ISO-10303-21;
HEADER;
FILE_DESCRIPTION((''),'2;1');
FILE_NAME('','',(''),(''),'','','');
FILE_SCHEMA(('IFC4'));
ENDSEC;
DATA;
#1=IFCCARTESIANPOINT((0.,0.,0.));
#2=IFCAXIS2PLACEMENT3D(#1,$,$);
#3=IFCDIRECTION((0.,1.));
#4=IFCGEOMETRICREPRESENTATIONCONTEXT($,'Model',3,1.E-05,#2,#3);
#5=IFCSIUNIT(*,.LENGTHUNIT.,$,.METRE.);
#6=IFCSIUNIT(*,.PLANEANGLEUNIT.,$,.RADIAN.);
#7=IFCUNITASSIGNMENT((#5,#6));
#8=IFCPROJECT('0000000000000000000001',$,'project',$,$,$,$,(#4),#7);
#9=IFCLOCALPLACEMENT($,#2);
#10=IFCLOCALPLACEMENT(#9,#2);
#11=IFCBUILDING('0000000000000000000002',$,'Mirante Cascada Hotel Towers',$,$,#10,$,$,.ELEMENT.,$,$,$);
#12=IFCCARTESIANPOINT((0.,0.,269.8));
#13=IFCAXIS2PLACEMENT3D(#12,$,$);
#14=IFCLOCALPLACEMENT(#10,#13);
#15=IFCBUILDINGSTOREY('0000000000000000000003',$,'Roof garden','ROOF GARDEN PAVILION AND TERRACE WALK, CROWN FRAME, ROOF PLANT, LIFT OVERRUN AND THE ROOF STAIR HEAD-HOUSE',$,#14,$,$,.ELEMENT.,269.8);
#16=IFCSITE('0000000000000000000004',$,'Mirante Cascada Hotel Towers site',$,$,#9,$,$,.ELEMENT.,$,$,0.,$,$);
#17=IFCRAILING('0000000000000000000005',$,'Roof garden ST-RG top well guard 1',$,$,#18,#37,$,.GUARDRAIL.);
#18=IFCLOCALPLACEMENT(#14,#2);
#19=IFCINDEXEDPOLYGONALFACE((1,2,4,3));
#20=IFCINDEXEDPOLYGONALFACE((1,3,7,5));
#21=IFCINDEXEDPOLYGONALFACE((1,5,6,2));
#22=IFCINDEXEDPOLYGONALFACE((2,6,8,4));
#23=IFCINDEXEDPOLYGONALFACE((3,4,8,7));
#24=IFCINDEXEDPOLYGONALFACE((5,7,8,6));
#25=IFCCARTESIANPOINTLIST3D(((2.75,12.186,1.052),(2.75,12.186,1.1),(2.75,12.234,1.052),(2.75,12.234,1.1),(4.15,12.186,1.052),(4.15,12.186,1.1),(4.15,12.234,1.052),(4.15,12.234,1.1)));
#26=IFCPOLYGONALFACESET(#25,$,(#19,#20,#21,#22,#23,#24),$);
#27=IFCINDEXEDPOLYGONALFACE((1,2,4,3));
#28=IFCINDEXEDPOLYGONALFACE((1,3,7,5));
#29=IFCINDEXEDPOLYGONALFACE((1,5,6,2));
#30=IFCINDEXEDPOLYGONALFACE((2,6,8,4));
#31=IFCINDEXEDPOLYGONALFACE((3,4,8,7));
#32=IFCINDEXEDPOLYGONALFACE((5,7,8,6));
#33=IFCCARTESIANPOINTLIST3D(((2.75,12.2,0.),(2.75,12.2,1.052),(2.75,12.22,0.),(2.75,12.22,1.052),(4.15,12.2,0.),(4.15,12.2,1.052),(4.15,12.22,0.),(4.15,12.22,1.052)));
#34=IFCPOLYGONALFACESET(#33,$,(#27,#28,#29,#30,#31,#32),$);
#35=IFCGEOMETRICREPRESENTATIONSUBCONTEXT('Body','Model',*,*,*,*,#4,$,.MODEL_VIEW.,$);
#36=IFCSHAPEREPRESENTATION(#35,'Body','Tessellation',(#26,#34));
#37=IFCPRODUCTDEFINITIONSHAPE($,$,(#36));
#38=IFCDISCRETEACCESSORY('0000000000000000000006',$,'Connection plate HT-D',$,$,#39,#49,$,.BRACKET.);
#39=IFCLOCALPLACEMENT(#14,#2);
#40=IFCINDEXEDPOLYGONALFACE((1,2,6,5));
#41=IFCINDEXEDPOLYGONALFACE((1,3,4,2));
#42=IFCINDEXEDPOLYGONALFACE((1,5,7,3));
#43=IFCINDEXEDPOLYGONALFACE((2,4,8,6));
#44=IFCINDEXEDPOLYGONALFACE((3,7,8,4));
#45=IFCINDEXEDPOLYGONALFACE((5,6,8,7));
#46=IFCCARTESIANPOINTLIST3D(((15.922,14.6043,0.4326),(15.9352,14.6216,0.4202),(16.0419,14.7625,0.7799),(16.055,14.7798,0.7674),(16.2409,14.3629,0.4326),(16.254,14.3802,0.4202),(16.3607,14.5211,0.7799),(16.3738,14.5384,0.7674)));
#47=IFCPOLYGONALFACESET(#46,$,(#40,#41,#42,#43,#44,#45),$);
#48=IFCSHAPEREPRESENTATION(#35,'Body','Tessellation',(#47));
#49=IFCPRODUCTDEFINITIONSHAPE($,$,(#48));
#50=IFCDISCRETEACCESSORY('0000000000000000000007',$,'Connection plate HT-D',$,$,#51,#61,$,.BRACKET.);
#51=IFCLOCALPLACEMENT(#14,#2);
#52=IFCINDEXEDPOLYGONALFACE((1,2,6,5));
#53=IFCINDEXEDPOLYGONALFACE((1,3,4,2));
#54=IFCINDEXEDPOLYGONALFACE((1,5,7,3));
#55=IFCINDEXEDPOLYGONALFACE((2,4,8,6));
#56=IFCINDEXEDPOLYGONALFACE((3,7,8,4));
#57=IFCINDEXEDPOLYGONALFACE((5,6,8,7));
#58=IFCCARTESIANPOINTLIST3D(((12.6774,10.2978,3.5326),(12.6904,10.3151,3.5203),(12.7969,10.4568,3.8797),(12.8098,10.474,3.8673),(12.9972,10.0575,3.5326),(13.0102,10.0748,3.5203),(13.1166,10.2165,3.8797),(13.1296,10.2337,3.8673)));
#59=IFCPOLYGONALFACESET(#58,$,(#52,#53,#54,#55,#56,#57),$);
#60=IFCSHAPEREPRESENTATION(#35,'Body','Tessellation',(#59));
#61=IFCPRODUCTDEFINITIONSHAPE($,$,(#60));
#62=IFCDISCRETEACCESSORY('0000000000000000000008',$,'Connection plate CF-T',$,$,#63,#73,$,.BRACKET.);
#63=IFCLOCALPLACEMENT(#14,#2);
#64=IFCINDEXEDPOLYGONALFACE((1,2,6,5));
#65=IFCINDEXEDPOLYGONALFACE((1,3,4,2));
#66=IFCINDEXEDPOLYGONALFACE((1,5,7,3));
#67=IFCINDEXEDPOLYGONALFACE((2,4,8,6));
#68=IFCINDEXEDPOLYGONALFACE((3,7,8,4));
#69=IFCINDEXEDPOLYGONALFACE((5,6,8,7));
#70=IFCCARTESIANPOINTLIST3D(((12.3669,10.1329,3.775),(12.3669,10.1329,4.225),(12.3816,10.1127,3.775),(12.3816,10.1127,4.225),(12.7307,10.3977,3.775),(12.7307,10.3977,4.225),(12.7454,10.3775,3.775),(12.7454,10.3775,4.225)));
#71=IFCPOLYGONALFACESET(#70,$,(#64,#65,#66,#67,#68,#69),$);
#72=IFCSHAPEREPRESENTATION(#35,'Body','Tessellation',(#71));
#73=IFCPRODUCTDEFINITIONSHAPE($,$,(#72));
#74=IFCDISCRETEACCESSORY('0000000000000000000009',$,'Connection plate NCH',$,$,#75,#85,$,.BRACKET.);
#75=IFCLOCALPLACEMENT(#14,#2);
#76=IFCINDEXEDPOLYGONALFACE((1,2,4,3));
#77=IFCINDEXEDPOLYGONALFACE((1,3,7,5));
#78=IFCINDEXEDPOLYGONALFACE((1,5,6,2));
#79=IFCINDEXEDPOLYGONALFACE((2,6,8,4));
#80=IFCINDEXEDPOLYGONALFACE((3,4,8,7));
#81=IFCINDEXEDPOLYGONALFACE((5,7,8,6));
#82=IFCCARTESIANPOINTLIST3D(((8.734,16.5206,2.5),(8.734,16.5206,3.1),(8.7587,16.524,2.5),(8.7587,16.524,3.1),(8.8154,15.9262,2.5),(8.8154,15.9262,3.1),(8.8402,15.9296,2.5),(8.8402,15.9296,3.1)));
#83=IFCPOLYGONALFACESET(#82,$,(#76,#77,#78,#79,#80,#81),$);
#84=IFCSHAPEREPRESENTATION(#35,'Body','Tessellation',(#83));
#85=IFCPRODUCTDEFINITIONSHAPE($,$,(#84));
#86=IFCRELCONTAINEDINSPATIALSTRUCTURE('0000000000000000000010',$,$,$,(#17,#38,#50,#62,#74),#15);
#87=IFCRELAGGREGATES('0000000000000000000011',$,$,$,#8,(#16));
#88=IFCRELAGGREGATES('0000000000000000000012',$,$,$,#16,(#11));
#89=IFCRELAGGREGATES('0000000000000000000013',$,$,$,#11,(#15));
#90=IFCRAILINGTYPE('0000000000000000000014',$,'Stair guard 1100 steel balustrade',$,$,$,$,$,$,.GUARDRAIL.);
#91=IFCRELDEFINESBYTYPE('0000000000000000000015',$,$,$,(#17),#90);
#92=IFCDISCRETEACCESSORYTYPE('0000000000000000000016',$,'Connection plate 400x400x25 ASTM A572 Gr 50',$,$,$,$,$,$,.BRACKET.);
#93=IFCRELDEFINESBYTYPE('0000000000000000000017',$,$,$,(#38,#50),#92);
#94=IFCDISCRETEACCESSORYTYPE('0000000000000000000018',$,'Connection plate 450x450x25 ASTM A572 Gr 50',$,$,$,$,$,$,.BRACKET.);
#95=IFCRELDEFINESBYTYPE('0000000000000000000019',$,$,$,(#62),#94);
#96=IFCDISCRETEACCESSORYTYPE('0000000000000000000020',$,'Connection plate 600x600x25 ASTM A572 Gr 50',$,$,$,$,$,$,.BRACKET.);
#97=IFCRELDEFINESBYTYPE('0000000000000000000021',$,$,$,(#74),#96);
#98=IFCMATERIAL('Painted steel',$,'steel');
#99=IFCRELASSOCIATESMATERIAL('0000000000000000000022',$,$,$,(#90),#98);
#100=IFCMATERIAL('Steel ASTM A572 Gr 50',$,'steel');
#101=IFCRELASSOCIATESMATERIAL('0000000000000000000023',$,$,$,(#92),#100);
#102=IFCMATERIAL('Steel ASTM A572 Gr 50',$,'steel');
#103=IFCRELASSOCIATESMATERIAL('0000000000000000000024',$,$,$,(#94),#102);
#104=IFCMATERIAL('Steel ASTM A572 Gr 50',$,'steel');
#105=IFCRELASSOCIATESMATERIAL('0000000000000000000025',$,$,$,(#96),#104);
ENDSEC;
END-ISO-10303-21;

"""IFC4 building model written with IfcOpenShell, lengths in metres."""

from ifc_helpers import new_model, si_unit, direction, frame, origin, origin_2d, place, context, subcontext, project, spatial, rectangle, extrude, material, material_profile, profile_set, type_object, element, save


model = new_model("IFC4")

# Units and contexts
model_context = context("Model", 3, precision=1e-05, world=origin(), true_north=direction((0.0, 1.0)))
body_context = subcontext(model_context, "Body", "Model", "MODEL_VIEW")
ifc_project = project(units=[si_unit("LENGTHUNIT", "METRE"), si_unit("PLANEANGLEUNIT", "RADIAN")], contexts=[model_context])

# Site, building, storey
site_placement = place(None, origin())
site = spatial("IfcSite", under=ifc_project, at=site_placement, Name="Mirante Cascada Hotel Towers site", CompositionType="ELEMENT", RefElevation=0.0)
building_placement = place(site_placement, origin())
building = spatial("IfcBuilding", under=site, at=building_placement, Name="Mirante Cascada Hotel Towers", CompositionType="ELEMENT")
storey_placement = place(building_placement, frame((0.0, 0.0, 269.8)))
storey = spatial("IfcBuildingStorey", under=building, at=storey_placement, Name="Roof garden", Description="ROOF GARDEN PAVILION AND TERRACE WALK, CROWN FRAME, ROOF PLANT, LIFT OVERRUN AND THE ROOF STAIR HEAD-HOUSE", CompositionType="ELEMENT", Elevation=269.8)

# Railing
ifc_material_1 = material(Name="Painted steel", Category="steel")
railing_type_1 = type_object("IfcRailingType", Name="Stair guard 1100 steel balustrade", PredefinedType="GUARDRAIL", material=ifc_material_1)
railing_1_placement = place(storey_placement, frame((4.15, 12.21, 0.0)))
element("IfcRailing", 1, at=railing_1_placement, inside=storey, type_object=railing_type_1, Name="Roof garden ST-RG top well guard 1", PredefinedType="GUARDRAIL", context=body_context, shape_type="SweptSolid", body=[
    extrude(rectangle(XDim=0.048, YDim=0.048, at=origin_2d()), frame((0.0, 0.0, 1.076), z_axis=(-1.0, 0.0, 0.0), x_axis=(0.0, -1.0, 0.0)), (0.0, 0.0, 1.0), 1.4),
    extrude(rectangle(XDim=0.02, YDim=1.052, at=origin_2d()), frame((0.0, 0.0, 0.526), z_axis=(-1.0, 0.0, 0.0), x_axis=(0.0, -1.0, 0.0)), (0.0, 0.0, 1.0), 1.4),
])

# Discrete accessories
ifc_material_2 = material(Name="Steel ASTM A572 Gr 50", Category="steel")
ifc_material_profile_1 = material_profile(ifc_material_2, rectangle(XDim=0.4, YDim=0.4, at=origin_2d()), Name="Connection plate 400x400x25 ASTM A572 Gr 50")
ifc_profile_set_1 = profile_set([ifc_material_profile_1], Name="Steel ASTM A572 Gr 50")
discrete_accessory_type_1 = type_object("IfcDiscreteAccessoryType", Name="Connection plate 400x400x25 ASTM A572 Gr 50", PredefinedType="BRACKET", material=ifc_profile_set_1)
discrete_accessory_1_placement = place(storey_placement, frame((16.1545, 14.58, 0.5938), z_axis=(-0.524143, -0.692188, 0.496135), x_axis=(0.797227, -0.60368, 0.0)))
element("IfcDiscreteAccessory", 2, at=discrete_accessory_1_placement, inside=storey, type_object=discrete_accessory_type_1, Name="Connection plate HT-D", PredefinedType="BRACKET", context=body_context, shape_type="SweptSolid", body=[
    extrude(rectangle(XDim=0.4, YDim=0.4, at=origin_2d()), origin(), (0.0, 0.0, 1.0), 0.025),
])
discrete_accessory_2_placement = place(storey_placement, frame((12.91, 10.2744, 3.6938), z_axis=(-0.521232, -0.693639, 0.497175), x_axis=(0.799445, -0.600739, 0.0)))
element("IfcDiscreteAccessory", 3, at=discrete_accessory_2_placement, inside=storey, type_object=discrete_accessory_type_1, Name="Connection plate HT-D", PredefinedType="BRACKET", context=body_context, shape_type="SweptSolid", body=[
    extrude(rectangle(XDim=0.4, YDim=0.4, at=origin_2d()), origin(), (0.0, 0.0, 1.0), 0.0249),
])
ifc_material_3 = material(Name="Steel ASTM A572 Gr 50", Category="steel")
ifc_material_profile_2 = material_profile(ifc_material_3, rectangle(XDim=0.45, YDim=0.45, at=origin_2d()), Name="Connection plate 450x450x25 ASTM A572 Gr 50")
ifc_profile_set_2 = profile_set([ifc_material_profile_2], Name="Steel ASTM A572 Gr 50")
discrete_accessory_type_2 = type_object("IfcDiscreteAccessoryType", Name="Connection plate 450x450x25 ASTM A572 Gr 50", PredefinedType="BRACKET", material=ifc_profile_set_2)
discrete_accessory_3_placement = place(storey_placement, frame((12.5488, 10.2653, 4.0), z_axis=(0.58841, -0.808563, 0.0), x_axis=(0.808563, 0.58841, 0.0)))
element("IfcDiscreteAccessory", 4, at=discrete_accessory_3_placement, inside=storey, type_object=discrete_accessory_type_2, Name="Connection plate CF-T", PredefinedType="BRACKET", context=body_context, shape_type="SweptSolid", body=[
    extrude(rectangle(XDim=0.45, YDim=0.45, at=origin_2d()), origin(), (0.0, 0.0, 1.0), 0.025),
])
ifc_material_4 = material(Name="Steel ASTM A572 Gr 50", Category="steel")
ifc_material_profile_3 = material_profile(ifc_material_4, rectangle(XDim=0.6, YDim=0.6, at=origin_2d()), Name="Connection plate 600x600x25 ASTM A572 Gr 50")
ifc_profile_set_3 = profile_set([ifc_material_profile_3], Name="Steel ASTM A572 Gr 50")
discrete_accessory_type_3 = type_object("IfcDiscreteAccessoryType", Name="Connection plate 600x600x25 ASTM A572 Gr 50", PredefinedType="BRACKET", material=ifc_profile_set_3)
discrete_accessory_4_placement = place(storey_placement, frame((8.7747, 16.2234, 2.8), z_axis=(0.990733, 0.135826, 0.0), x_axis=(-0.135826, 0.990733, 0.0)))
element("IfcDiscreteAccessory", 5, at=discrete_accessory_4_placement, inside=storey, type_object=discrete_accessory_type_3, Name="Connection plate NCH", PredefinedType="BRACKET", context=body_context, shape_type="SweptSolid", body=[
    extrude(rectangle(XDim=0.6, YDim=0.6, at=origin_2d()), origin(), (0.0, 0.0, 1.0), 0.025),
])

save(model, "model.ifc")
